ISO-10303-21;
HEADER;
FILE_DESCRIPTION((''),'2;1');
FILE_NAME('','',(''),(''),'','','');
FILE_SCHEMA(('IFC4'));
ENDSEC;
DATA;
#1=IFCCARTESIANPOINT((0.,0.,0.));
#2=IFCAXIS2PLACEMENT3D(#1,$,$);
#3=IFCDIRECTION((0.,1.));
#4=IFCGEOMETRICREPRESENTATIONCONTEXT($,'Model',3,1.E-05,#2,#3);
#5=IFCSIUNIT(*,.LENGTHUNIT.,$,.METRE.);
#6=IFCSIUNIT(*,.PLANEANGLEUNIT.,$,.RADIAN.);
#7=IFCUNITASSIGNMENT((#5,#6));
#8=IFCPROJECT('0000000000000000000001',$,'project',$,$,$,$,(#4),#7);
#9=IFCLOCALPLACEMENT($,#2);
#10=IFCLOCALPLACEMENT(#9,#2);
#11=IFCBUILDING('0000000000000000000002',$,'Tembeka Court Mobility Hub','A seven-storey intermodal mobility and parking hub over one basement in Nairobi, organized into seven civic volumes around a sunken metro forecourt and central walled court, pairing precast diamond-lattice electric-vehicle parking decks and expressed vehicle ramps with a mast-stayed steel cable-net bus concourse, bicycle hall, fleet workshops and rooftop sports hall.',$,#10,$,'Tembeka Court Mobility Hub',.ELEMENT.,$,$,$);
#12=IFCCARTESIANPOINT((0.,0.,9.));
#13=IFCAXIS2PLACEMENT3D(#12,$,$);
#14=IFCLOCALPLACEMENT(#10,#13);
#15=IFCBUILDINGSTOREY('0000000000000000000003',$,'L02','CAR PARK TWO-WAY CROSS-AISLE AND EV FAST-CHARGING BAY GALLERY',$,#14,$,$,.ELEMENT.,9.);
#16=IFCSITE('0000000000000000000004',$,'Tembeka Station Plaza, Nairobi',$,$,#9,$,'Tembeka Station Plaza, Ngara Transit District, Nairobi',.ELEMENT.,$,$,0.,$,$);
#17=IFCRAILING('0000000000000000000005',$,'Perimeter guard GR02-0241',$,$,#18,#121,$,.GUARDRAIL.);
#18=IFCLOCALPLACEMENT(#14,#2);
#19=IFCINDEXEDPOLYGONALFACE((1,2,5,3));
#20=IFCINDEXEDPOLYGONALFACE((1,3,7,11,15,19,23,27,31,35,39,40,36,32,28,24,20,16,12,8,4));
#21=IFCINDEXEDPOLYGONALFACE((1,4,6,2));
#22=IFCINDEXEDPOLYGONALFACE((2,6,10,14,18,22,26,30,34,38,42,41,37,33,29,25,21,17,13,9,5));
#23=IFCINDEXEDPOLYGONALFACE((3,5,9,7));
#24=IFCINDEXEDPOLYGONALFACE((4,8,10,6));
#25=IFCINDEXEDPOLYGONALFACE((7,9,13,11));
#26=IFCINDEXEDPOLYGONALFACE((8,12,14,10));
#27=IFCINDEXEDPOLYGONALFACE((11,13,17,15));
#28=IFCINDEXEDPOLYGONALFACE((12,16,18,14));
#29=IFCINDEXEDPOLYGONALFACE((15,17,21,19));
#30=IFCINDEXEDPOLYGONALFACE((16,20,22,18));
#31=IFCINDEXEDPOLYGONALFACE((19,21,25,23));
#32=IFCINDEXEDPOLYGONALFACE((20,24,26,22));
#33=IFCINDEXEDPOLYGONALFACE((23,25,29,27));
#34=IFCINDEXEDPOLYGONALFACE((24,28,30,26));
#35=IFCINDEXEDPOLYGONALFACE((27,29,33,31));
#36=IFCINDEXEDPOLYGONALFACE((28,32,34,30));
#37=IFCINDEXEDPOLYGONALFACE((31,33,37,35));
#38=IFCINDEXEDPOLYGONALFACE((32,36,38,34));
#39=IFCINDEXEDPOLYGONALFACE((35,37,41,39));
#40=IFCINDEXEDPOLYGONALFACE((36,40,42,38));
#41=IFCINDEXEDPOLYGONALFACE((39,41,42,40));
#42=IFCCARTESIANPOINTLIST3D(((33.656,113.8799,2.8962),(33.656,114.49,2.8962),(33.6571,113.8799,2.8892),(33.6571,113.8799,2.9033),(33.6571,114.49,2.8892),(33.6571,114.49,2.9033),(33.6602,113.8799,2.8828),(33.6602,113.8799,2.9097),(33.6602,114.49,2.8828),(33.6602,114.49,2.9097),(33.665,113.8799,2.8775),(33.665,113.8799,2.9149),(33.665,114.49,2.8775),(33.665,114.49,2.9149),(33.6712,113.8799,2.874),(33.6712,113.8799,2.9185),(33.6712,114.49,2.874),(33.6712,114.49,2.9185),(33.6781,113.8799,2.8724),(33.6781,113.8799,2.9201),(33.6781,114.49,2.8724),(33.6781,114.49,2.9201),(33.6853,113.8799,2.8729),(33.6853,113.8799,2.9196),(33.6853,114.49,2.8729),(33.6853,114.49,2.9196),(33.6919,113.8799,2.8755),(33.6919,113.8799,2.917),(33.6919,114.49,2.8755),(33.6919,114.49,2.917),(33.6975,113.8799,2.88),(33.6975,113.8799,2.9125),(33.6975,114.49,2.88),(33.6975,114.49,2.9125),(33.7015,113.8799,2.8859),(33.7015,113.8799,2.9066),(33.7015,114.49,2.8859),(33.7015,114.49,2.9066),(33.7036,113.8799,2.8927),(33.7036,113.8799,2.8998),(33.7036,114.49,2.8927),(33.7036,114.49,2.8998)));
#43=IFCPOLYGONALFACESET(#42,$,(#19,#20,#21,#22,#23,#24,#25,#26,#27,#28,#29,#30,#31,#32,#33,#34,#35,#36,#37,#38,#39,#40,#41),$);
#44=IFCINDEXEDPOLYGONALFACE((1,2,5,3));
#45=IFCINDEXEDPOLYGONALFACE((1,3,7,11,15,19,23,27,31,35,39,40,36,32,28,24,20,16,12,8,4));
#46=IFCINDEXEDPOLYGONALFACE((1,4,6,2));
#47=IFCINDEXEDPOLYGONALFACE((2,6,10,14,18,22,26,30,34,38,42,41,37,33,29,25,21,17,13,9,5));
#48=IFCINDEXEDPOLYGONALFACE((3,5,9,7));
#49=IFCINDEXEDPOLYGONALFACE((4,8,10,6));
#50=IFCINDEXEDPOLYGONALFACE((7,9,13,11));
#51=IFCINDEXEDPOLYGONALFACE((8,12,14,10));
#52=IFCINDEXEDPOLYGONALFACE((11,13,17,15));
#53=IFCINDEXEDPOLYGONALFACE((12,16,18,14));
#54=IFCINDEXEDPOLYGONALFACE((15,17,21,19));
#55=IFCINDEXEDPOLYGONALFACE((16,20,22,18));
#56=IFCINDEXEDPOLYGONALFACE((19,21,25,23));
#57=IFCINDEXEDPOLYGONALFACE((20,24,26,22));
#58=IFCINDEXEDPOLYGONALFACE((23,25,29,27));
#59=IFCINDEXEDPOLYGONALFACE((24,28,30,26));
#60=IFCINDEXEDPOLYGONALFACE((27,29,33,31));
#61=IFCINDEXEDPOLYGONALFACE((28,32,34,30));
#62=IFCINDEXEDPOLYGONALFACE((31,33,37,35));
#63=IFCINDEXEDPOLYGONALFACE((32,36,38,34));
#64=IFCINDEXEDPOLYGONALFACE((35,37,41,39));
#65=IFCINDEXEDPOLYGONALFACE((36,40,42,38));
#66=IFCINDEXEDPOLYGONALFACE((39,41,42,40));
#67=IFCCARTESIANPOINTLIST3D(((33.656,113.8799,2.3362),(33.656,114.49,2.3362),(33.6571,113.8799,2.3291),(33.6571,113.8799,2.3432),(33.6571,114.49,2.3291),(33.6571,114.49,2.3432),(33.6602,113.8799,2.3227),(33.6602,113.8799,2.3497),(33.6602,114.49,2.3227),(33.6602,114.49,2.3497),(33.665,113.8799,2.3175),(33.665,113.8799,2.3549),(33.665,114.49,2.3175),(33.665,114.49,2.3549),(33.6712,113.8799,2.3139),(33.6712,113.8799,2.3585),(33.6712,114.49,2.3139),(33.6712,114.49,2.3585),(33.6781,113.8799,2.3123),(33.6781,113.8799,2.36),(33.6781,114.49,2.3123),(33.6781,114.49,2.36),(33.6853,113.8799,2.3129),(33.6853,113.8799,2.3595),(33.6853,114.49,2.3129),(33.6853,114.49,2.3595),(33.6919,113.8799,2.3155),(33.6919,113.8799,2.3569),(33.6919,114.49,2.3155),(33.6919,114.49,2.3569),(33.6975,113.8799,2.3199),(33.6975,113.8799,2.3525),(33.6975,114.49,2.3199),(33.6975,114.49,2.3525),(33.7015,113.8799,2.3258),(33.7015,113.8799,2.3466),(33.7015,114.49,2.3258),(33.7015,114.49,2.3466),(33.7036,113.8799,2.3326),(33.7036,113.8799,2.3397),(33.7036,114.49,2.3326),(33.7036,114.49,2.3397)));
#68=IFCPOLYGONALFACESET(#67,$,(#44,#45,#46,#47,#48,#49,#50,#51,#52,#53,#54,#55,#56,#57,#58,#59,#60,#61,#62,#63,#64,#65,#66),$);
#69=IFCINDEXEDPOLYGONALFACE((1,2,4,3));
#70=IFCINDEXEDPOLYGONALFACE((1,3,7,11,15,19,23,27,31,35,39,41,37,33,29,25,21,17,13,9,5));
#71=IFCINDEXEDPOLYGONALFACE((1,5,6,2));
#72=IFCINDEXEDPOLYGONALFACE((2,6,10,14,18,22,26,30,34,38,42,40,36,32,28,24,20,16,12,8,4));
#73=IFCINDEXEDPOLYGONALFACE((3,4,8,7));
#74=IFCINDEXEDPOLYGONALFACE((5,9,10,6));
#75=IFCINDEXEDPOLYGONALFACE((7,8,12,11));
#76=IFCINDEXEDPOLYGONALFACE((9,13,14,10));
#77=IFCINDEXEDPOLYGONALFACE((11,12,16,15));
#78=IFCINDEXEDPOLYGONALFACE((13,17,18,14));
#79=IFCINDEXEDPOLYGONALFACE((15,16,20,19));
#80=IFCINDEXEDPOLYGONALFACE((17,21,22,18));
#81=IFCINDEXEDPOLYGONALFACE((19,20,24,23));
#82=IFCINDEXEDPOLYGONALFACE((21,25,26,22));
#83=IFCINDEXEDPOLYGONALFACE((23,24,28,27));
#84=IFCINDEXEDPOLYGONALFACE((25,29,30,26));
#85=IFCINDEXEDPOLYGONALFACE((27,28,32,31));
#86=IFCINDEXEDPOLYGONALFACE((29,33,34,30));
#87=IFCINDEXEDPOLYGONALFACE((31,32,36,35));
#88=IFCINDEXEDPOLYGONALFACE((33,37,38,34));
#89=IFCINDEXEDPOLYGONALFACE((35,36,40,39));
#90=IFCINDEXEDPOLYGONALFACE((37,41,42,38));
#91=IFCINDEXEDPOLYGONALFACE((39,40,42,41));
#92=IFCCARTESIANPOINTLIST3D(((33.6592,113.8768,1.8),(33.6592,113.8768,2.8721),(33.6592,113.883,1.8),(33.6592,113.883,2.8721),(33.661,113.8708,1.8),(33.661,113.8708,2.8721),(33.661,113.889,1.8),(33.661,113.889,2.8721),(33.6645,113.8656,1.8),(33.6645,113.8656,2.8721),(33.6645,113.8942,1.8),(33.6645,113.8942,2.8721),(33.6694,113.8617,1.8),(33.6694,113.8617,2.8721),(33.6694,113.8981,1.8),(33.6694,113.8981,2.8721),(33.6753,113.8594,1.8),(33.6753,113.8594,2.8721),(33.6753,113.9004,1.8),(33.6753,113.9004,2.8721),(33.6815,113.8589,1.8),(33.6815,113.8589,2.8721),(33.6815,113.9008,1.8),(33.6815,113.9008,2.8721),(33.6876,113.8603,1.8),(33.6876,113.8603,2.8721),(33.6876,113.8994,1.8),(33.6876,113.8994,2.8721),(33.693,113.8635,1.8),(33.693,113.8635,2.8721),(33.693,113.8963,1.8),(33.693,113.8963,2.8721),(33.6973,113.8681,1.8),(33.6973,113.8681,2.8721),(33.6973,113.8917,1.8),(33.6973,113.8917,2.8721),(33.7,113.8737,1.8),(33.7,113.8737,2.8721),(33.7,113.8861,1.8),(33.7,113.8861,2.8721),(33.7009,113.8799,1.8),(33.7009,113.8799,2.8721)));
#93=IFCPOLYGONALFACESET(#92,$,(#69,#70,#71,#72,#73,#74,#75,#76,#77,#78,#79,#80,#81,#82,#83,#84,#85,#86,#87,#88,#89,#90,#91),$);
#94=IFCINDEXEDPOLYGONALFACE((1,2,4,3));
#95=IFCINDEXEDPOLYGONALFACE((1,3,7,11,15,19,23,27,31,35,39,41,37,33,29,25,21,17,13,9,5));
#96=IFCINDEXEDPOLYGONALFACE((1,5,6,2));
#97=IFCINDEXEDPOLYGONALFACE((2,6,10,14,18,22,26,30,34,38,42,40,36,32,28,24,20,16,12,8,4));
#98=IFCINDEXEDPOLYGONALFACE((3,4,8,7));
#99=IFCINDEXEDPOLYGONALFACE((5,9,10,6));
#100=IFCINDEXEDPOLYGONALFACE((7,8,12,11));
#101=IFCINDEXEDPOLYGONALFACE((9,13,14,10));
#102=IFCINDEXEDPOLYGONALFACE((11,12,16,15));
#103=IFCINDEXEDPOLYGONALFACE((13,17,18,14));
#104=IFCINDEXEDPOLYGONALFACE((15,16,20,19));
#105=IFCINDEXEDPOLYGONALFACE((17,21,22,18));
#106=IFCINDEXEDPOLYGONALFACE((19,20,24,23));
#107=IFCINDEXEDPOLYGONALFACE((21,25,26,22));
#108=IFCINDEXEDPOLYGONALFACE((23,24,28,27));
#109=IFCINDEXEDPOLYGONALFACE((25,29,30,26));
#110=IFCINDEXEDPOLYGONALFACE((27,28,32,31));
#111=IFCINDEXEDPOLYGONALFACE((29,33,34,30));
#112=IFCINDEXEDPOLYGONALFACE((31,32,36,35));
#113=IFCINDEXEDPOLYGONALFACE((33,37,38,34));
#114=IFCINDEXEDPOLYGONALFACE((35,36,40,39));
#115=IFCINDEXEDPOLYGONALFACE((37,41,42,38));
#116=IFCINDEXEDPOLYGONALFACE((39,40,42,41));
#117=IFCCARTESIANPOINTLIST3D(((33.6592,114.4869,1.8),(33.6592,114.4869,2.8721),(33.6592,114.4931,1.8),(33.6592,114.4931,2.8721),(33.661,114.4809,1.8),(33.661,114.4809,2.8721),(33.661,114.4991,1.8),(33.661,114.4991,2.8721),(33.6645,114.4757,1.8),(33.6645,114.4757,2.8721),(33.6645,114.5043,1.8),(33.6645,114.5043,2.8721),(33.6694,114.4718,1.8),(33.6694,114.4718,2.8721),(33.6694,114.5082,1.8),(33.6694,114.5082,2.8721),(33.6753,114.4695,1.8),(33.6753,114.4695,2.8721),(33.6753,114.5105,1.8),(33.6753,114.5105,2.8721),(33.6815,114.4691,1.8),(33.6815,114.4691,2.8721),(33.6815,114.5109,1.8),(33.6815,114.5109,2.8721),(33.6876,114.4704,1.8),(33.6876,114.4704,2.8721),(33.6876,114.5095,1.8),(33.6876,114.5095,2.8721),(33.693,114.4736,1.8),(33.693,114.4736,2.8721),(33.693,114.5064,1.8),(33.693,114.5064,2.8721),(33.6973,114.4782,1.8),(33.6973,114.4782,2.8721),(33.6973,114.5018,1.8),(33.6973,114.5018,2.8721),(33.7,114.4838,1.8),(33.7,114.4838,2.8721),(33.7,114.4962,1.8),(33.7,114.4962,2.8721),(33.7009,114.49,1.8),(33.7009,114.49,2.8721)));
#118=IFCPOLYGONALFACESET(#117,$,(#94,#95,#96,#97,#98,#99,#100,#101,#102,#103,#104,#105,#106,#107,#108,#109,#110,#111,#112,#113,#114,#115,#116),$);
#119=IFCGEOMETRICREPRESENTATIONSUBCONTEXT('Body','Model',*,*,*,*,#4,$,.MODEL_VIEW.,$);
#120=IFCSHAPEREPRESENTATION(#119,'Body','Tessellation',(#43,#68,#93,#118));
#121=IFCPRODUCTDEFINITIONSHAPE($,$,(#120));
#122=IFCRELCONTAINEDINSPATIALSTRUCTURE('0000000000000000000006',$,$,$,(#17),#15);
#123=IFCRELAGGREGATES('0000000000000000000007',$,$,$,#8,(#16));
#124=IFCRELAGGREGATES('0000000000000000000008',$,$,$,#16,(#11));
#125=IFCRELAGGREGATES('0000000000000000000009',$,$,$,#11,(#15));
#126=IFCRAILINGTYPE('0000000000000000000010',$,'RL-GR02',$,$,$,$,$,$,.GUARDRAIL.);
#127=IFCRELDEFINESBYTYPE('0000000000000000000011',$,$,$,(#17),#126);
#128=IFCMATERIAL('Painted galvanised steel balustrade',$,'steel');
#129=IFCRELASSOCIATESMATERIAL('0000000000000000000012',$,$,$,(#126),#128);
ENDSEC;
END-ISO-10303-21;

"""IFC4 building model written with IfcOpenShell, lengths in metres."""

from ifc_helpers import new_model, si_unit, direction, frame, origin, origin_2d, place, context, subcontext, project, spatial, circle, extrude, material, type_object, element, save


model = new_model("IFC4")

# Units and contexts
model_context = context("Model", 3, precision=1e-05, world=origin(), true_north=direction((0.0, 1.0)))
body_context = subcontext(model_context, "Body", "Model", "MODEL_VIEW")
ifc_project = project(units=[si_unit("LENGTHUNIT", "METRE"), si_unit("PLANEANGLEUNIT", "RADIAN")], contexts=[model_context])

# Site, building, storey
site_placement = place(None, origin())
site = spatial("IfcSite", under=ifc_project, at=site_placement, Name="Tembeka Station Plaza, Nairobi", LongName="Tembeka Station Plaza, Ngara Transit District, Nairobi", CompositionType="ELEMENT", RefElevation=0.0)
building_placement = place(site_placement, origin())
building = spatial("IfcBuilding", under=site, at=building_placement, Name="Tembeka Court Mobility Hub", Description="A seven-storey intermodal mobility and parking hub over one basement in Nairobi, organized into seven civic volumes around a sunken metro forecourt and central walled court, pairing precast diamond-lattice electric-vehicle parking decks and expressed vehicle ramps with a mast-stayed steel cable-net bus concourse, bicycle hall, fleet workshops and rooftop sports hall.", LongName="Tembeka Court Mobility Hub", CompositionType="ELEMENT")
storey_placement = place(building_placement, frame((0.0, 0.0, 9.0)))
storey = spatial("IfcBuildingStorey", under=building, at=storey_placement, Name="L02", Description="CAR PARK TWO-WAY CROSS-AISLE AND EV FAST-CHARGING BAY GALLERY", CompositionType="ELEMENT", Elevation=9.0)

# Railing
ifc_material_1 = material(Name="Painted galvanised steel balustrade", Category="steel")
railing_type = type_object("IfcRailingType", Name="RL-GR02", PredefinedType="GUARDRAIL", material=ifc_material_1)
railing_1_placement = place(storey_placement, frame((33.6799, 113.8799, 1.8)))
element("IfcRailing", 1, at=railing_1_placement, inside=storey, type_object=railing_type, Name="Perimeter guard GR02-0241", PredefinedType="GUARDRAIL", context=body_context, shape_type="SweptSolid", body=[
    extrude(circle(Radius=0.0239, at=origin_2d()), frame((0.0, 0.0, 1.0962), z_axis=(0.0, 1.0, 0.0), x_axis=(-1.0, 0.0, 0.0)), (0.0, 0.0, 1.0), 0.6101),
    extrude(circle(Radius=0.0239, at=origin_2d()), frame((0.0, 0.0, 0.5361), z_axis=(0.0, 1.0, 0.0), x_axis=(-1.0, 0.0, 0.0)), (0.0, 0.0, 1.0), 0.6101),
    extrude(circle(Radius=0.021, at=origin_2d()), origin(), (0.0, 0.0, 1.0), 1.072),
    extrude(circle(Radius=0.021, at=origin_2d()), frame((0.0, 0.6101, 0.0)), (0.0, 0.0, 1.0), 1.072),
])

save(model, "model.ifc")
